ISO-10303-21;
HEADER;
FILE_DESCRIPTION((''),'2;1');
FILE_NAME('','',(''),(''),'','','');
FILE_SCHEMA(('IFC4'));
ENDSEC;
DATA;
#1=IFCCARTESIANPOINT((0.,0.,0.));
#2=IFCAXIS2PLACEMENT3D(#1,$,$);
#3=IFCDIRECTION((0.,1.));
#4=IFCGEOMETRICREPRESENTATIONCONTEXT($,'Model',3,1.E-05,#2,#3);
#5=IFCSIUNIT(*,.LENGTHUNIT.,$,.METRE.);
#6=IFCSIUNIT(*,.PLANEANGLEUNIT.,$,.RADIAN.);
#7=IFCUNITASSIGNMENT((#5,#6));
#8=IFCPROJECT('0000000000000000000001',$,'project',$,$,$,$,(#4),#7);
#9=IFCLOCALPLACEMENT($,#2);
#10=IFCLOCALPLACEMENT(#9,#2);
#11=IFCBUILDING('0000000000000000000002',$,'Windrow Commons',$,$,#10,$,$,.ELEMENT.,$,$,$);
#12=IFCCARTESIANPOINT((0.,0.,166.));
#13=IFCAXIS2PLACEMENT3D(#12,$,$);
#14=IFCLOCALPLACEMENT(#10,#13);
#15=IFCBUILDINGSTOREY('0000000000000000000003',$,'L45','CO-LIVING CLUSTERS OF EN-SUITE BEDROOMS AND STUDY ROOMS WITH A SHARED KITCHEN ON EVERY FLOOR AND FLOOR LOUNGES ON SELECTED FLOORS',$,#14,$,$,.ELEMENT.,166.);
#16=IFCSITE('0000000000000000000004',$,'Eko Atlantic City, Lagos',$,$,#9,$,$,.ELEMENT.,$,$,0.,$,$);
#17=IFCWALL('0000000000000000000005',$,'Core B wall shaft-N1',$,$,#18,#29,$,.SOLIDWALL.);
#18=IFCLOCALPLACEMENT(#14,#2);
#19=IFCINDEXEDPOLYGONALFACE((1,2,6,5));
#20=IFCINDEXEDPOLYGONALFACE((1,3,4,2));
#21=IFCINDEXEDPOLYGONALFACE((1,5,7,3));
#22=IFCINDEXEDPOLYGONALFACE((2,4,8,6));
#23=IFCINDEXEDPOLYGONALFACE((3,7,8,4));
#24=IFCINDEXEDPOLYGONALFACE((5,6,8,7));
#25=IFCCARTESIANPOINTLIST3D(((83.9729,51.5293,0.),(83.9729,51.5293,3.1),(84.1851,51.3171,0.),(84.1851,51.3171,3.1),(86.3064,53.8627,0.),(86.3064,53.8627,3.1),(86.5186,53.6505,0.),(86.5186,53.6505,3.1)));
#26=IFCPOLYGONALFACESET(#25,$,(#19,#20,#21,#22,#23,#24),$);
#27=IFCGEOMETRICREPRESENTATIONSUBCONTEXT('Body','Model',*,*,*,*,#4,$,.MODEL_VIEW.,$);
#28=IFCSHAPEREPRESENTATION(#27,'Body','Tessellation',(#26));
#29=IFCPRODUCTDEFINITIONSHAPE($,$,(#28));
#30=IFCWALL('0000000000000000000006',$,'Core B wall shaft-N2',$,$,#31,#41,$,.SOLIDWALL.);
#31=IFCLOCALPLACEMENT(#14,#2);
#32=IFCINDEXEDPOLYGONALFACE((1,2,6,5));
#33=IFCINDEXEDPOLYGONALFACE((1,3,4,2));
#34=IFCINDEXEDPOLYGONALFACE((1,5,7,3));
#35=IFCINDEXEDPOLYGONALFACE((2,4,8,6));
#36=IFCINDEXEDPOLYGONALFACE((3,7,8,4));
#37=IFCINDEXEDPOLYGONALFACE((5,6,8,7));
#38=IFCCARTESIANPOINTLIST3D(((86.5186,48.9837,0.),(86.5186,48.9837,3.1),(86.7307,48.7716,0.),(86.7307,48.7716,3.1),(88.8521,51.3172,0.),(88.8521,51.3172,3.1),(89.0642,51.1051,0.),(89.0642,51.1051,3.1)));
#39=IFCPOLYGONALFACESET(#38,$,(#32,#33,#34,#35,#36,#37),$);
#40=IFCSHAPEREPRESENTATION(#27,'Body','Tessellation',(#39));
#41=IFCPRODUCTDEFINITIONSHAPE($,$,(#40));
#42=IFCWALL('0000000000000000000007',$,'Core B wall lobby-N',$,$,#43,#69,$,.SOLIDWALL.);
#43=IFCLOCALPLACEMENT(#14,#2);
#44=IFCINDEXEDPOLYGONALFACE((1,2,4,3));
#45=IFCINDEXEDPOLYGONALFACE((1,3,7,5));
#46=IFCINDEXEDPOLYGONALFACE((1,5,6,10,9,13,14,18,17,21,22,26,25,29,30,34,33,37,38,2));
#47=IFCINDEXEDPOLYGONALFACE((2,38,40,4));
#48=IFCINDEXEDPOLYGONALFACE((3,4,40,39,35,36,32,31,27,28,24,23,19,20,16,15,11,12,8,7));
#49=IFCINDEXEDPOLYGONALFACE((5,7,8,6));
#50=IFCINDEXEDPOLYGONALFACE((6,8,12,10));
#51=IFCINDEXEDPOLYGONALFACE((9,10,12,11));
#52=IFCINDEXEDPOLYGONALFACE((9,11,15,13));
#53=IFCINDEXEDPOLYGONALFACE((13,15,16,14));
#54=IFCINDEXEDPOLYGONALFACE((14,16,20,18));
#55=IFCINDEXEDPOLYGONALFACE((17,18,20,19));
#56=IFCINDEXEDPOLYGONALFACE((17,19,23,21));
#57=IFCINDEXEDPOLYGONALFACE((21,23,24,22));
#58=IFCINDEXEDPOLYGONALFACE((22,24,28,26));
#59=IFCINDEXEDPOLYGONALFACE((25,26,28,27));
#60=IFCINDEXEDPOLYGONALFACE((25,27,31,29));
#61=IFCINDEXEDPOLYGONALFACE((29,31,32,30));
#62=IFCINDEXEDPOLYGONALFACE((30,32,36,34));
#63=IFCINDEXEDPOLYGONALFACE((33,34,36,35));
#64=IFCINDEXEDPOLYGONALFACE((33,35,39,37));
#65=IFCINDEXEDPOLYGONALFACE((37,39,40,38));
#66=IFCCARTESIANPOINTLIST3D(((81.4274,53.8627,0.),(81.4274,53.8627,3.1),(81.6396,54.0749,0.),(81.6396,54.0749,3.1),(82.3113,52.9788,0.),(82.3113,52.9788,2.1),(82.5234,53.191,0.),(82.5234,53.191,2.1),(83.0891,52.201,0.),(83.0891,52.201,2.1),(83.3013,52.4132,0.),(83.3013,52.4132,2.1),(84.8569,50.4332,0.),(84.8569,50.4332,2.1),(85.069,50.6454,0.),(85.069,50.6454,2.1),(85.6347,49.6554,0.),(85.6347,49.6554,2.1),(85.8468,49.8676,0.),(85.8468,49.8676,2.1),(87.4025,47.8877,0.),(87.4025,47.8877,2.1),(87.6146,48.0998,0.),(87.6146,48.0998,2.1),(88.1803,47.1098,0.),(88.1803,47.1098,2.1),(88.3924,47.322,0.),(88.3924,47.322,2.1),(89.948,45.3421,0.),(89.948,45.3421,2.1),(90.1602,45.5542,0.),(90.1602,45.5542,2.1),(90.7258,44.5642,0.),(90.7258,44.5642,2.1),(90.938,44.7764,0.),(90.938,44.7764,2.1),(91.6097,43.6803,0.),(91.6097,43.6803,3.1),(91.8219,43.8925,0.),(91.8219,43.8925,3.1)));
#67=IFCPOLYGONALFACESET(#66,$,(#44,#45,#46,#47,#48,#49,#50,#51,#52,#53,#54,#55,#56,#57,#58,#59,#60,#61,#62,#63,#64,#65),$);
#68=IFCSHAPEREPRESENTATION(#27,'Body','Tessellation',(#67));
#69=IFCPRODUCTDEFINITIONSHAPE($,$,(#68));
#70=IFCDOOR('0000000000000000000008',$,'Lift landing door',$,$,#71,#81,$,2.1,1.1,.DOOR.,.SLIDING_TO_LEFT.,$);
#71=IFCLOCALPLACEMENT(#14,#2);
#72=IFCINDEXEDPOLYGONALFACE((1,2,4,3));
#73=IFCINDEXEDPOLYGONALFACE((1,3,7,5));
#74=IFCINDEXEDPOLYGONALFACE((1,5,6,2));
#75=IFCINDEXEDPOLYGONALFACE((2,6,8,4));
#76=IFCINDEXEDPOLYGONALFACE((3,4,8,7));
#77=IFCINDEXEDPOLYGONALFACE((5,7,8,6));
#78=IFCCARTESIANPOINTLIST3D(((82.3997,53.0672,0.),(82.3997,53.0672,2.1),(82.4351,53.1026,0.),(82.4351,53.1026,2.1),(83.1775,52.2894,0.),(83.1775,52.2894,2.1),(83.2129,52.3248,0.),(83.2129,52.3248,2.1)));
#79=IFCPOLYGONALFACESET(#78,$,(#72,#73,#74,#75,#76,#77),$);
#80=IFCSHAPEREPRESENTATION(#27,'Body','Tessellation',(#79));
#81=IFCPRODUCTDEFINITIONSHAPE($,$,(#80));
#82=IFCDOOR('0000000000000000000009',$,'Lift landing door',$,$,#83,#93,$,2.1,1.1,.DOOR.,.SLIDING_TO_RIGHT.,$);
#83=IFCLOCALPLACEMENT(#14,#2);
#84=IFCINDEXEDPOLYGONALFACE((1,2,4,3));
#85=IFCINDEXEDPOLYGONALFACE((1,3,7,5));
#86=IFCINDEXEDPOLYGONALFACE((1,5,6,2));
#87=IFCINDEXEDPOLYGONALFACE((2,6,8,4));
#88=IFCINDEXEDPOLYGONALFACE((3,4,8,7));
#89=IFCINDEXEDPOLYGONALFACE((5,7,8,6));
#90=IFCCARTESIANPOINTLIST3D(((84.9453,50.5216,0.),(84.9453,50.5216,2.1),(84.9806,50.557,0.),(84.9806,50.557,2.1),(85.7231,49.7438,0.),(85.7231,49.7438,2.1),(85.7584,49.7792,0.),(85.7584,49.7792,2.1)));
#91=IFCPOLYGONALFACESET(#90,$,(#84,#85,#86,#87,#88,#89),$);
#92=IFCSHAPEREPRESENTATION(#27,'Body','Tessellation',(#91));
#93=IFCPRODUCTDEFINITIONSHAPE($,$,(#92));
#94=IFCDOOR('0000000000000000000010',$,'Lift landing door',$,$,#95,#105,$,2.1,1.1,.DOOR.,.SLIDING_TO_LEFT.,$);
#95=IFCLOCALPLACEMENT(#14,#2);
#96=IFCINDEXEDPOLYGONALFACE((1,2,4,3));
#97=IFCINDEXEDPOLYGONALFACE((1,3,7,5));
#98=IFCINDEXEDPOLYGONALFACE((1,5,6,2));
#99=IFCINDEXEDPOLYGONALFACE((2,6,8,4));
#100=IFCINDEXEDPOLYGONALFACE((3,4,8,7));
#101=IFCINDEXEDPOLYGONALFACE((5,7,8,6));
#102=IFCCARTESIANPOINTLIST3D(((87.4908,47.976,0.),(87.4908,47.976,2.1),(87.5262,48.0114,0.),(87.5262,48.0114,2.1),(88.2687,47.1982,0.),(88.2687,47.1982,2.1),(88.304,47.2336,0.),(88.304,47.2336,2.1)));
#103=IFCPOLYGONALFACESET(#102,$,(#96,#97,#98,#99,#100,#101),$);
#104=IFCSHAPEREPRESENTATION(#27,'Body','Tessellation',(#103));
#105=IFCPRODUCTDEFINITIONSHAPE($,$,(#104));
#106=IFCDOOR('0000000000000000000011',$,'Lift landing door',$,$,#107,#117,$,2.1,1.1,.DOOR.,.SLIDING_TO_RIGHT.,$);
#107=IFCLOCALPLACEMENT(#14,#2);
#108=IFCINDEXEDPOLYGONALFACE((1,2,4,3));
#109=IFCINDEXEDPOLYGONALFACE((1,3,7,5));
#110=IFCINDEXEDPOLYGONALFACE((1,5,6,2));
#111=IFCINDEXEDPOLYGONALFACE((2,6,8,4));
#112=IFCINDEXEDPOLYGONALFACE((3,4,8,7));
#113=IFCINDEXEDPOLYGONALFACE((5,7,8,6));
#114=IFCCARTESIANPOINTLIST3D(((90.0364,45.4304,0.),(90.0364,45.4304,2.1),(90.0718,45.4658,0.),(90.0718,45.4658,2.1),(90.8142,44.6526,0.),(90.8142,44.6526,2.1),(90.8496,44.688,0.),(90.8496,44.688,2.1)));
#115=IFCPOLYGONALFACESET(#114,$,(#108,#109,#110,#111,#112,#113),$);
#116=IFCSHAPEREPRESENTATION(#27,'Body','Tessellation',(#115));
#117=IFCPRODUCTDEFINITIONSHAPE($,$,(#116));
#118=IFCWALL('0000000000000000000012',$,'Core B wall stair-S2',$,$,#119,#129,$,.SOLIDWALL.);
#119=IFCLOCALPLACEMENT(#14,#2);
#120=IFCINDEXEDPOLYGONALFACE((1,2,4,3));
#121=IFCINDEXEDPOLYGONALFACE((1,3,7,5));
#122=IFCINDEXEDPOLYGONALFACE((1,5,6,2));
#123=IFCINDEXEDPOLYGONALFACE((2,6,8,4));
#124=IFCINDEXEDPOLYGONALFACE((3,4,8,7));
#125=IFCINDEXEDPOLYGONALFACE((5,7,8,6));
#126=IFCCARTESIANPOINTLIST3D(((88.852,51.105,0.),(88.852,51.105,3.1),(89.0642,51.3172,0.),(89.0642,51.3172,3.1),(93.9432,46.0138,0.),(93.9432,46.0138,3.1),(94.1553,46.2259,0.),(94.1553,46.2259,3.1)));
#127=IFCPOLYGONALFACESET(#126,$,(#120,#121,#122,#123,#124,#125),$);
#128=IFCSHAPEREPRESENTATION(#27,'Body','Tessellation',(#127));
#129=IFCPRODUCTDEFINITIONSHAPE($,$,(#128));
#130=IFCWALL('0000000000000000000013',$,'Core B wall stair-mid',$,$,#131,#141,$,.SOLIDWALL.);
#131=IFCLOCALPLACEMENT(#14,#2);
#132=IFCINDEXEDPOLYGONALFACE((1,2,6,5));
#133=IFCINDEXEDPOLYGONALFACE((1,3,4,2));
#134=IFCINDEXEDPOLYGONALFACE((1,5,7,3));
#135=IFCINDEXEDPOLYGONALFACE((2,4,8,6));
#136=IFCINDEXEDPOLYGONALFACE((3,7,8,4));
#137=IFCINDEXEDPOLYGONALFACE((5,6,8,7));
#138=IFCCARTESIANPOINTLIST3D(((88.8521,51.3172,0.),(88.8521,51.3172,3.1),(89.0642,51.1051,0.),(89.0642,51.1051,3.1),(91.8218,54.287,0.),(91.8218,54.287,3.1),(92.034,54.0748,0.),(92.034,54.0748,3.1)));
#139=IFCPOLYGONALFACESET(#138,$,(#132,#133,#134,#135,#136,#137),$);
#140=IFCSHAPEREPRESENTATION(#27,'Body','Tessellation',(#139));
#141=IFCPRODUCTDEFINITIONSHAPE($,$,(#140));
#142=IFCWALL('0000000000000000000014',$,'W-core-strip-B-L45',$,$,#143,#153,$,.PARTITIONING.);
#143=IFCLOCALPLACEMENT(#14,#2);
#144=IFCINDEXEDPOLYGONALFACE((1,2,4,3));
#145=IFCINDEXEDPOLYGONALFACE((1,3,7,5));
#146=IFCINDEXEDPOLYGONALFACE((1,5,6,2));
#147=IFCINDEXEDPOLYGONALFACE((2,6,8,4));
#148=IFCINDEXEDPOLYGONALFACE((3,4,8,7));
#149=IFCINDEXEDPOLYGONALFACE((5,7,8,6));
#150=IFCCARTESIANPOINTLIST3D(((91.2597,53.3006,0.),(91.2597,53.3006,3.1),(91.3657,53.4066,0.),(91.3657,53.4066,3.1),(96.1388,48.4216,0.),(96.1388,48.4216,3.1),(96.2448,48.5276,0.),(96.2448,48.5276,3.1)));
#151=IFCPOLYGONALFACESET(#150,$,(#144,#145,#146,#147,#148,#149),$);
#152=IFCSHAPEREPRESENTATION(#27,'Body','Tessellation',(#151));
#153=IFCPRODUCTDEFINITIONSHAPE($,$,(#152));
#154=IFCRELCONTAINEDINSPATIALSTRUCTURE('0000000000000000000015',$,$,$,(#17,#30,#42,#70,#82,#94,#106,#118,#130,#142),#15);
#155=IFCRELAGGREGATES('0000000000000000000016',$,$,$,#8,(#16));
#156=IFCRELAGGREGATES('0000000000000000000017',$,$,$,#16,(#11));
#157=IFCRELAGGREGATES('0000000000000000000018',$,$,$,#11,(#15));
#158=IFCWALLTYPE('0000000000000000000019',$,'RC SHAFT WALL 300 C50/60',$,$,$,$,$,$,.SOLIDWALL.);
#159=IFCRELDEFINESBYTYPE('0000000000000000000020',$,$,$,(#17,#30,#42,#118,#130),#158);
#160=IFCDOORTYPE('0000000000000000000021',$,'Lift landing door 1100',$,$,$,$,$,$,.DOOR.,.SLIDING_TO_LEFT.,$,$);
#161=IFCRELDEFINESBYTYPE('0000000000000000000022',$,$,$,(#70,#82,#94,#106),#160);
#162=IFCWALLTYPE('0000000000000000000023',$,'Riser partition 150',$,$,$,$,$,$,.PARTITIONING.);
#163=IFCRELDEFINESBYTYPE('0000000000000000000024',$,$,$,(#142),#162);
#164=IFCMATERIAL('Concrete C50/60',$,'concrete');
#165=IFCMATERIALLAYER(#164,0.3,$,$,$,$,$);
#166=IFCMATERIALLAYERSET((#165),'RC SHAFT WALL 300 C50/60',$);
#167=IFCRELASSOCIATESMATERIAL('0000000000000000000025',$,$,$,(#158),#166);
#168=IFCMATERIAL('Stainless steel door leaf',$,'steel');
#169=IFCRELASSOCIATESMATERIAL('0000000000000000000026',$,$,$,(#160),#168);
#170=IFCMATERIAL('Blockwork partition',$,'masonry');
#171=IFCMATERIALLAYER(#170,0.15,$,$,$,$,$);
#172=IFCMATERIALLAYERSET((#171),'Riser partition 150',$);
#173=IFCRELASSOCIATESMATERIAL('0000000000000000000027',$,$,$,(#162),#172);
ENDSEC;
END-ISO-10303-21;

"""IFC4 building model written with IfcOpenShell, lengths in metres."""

from ifc_helpers import new_model, si_unit, direction, frame, frame_2d, origin, place, context, subcontext, project, spatial, rectangle, extrude, material, layer, layer_set, type_object, element, fill, save


model = new_model("IFC4")

# Units and contexts
model_context = context("Model", 3, precision=1e-05, world=origin(), true_north=direction((0.0, 1.0)))
body_context = subcontext(model_context, "Body", "Model", "MODEL_VIEW")
ifc_project = project(units=[si_unit("LENGTHUNIT", "METRE"), si_unit("PLANEANGLEUNIT", "RADIAN")], contexts=[model_context])

# Site, building, storey
site_placement = place(None, origin())
site = spatial("IfcSite", under=ifc_project, at=site_placement, Name="Eko Atlantic City, Lagos", CompositionType="ELEMENT", RefElevation=0.0)
building_placement = place(site_placement, origin())
building = spatial("IfcBuilding", under=site, at=building_placement, Name="Windrow Commons", CompositionType="ELEMENT")
storey_placement = place(building_placement, frame((0.0, 0.0, 166.0)))
storey = spatial("IfcBuildingStorey", under=building, at=storey_placement, Name="L45", Description="CO-LIVING CLUSTERS OF EN-SUITE BEDROOMS AND STUDY ROOMS WITH A SHARED KITCHEN ON EVERY FLOOR AND FLOOR LOUNGES ON SELECTED FLOORS", CompositionType="ELEMENT", Elevation=166.0)

# Walls
ifc_material_1 = material(Name="Concrete C50/60", Category="concrete")
ifc_layer_1 = layer(ifc_material_1, 0.3)
ifc_layer_set_1 = layer_set([ifc_layer_1], Name="RC SHAFT WALL 300 C50/60")
wall_type_1 = type_object("IfcWallType", Name="RC SHAFT WALL 300 C50/60", PredefinedType="SOLIDWALL", material=ifc_layer_set_1)
wall_1_placement = place(storey_placement, frame((84.079, 51.4232, 0.0), z_axis=(0.0, 0.0, 1.0), x_axis=(0.707122, 0.707092, 0.0)))
element("IfcWall", 1, at=wall_1_placement, inside=storey, type_object=wall_type_1, Name="Core B wall shaft-N1", PredefinedType="SOLIDWALL", context=body_context, shape_type="SweptSolid", body=[
    extrude(rectangle(XDim=3.3, YDim=0.3, at=frame_2d((1.65, 0.0))), origin(), (0.0, 0.0, 1.0), 3.1),
])
wall_2_placement = place(storey_placement, frame((86.6246, 48.8776, 0.0), z_axis=(0.0, 0.0, 1.0), x_axis=(0.707107, 0.707107, 0.0)))
element("IfcWall", 2, at=wall_2_placement, inside=storey, type_object=wall_type_1, Name="Core B wall shaft-N2", PredefinedType="SOLIDWALL", context=body_context, shape_type="SweptSolid", body=[
    extrude(rectangle(XDim=3.3001, YDim=0.3, at=frame_2d((1.6501, 0.0))), origin(), (0.0, 0.0, 1.0), 3.1),
])

# Wall, openings, doors
wall_3_placement = place(storey_placement, frame((81.5335, 53.9688, 0.0), z_axis=(0.0, 0.0, 1.0), x_axis=(0.707103, -0.70711, 0.0)))
wall_3 = element("IfcWall", 3, at=wall_3_placement, inside=storey, type_object=wall_type_1, Name="Core B wall lobby-N", PredefinedType="SOLIDWALL", context=body_context, shape_type="SweptSolid", body=[
    extrude(rectangle(XDim=14.4, YDim=0.3, at=frame_2d((7.2, 0.0))), origin(), (0.0, 0.0, 1.0), 3.1),
])
opening_1_placement = place(wall_3_placement, frame((1.25, 0.0, 0.0)))
opening_1 = element("IfcOpeningElement", 4, at=opening_1_placement, cuts=wall_3, PredefinedType="OPENING", context=body_context, shape_type="SweptSolid", body=[
    extrude(rectangle(XDim=1.1, YDim=2.1, at=frame_2d((0.55, 1.05))), frame((0.0, 0.16, 0.0), z_axis=(0.0, -1.0, 0.0), x_axis=(1.0, 0.0, 0.0)), (0.0, 0.0, 1.0), 0.32),
])
opening_2_placement = place(wall_3_placement, frame((4.85, 0.0, 0.0)))
opening_2 = element("IfcOpeningElement", 5, at=opening_2_placement, cuts=wall_3, PredefinedType="OPENING", context=body_context, shape_type="SweptSolid", body=[
    extrude(rectangle(XDim=1.1, YDim=2.1, at=frame_2d((0.55, 1.05))), frame((0.0, 0.16, 0.0), z_axis=(0.0, -1.0, 0.0), x_axis=(1.0, 0.0, 0.0)), (0.0, 0.0, 1.0), 0.32),
])
opening_3_placement = place(wall_3_placement, frame((8.45, 0.0, 0.0)))
opening_3 = element("IfcOpeningElement", 6, at=opening_3_placement, cuts=wall_3, PredefinedType="OPENING", context=body_context, shape_type="SweptSolid", body=[
    extrude(rectangle(XDim=1.1, YDim=2.1, at=frame_2d((0.55, 1.05))), frame((0.0, 0.16, 0.0), z_axis=(0.0, -1.0, 0.0), x_axis=(1.0, 0.0, 0.0)), (0.0, 0.0, 1.0), 0.32),
])
opening_4_placement = place(wall_3_placement, frame((12.05, 0.0, 0.0)))
opening_4 = element("IfcOpeningElement", 7, at=opening_4_placement, cuts=wall_3, PredefinedType="OPENING", context=body_context, shape_type="SweptSolid", body=[
    extrude(rectangle(XDim=1.1, YDim=2.1, at=frame_2d((0.55, 1.05))), frame((0.0, 0.16, 0.0), z_axis=(0.0, -1.0, 0.0), x_axis=(1.0, 0.0, 0.0)), (0.0, 0.0, 1.0), 0.32),
])
ifc_material_2 = material(Name="Stainless steel door leaf", Category="steel")
door_type_1 = type_object("IfcDoorType", Name="Lift landing door 1100", OperationType="SLIDING_TO_LEFT", PredefinedType="DOOR", material=ifc_material_2)
door_1_placement = place(opening_1_placement, origin())
door_1 = element("IfcDoor", 8, at=door_1_placement, inside=storey, type_object=door_type_1, Name="Lift landing door", OperationType="SLIDING_TO_LEFT", OverallHeight=2.1, OverallWidth=1.1, PredefinedType="DOOR", context=body_context, shape_type="SweptSolid", body=[
    extrude(rectangle(XDim=1.1, YDim=2.1, at=frame_2d((0.55, 1.05))), frame((0.0, 0.025, 0.0), z_axis=(0.0, -1.0, 0.0), x_axis=(1.0, 0.0, 0.0)), (0.0, 0.0, 1.0), 0.05),
])
fill(opening_1, door_1)
door_2_placement = place(opening_2_placement, origin())
door_2 = element("IfcDoor", 9, at=door_2_placement, inside=storey, type_object=door_type_1, Name="Lift landing door", OperationType="SLIDING_TO_RIGHT", OverallHeight=2.1, OverallWidth=1.1, PredefinedType="DOOR", context=body_context, shape_type="SweptSolid", body=[
    extrude(rectangle(XDim=1.1, YDim=2.1, at=frame_2d((0.55, 1.05))), frame((0.0, 0.025, 0.0), z_axis=(0.0, -1.0, 0.0), x_axis=(1.0, 0.0, 0.0)), (0.0, 0.0, 1.0), 0.05),
])
fill(opening_2, door_2)
door_3_placement = place(opening_3_placement, origin())
door_3 = element("IfcDoor", 10, at=door_3_placement, inside=storey, type_object=door_type_1, Name="Lift landing door", OperationType="SLIDING_TO_LEFT", OverallHeight=2.1, OverallWidth=1.1, PredefinedType="DOOR", context=body_context, shape_type="SweptSolid", body=[
    extrude(rectangle(XDim=1.1, YDim=2.1, at=frame_2d((0.55, 1.05))), frame((0.0, 0.025, 0.0), z_axis=(0.0, -1.0, 0.0), x_axis=(1.0, 0.0, 0.0)), (0.0, 0.0, 1.0), 0.05),
])
fill(opening_3, door_3)
door_4_placement = place(opening_4_placement, origin())
door_4 = element("IfcDoor", 11, at=door_4_placement, inside=storey, type_object=door_type_1, Name="Lift landing door", OperationType="SLIDING_TO_RIGHT", OverallHeight=2.1, OverallWidth=1.1, PredefinedType="DOOR", context=body_context, shape_type="SweptSolid", body=[
    extrude(rectangle(XDim=1.1, YDim=2.1, at=frame_2d((0.55, 1.05))), frame((0.0, 0.025, 0.0), z_axis=(0.0, -1.0, 0.0), x_axis=(1.0, 0.0, 0.0)), (0.0, 0.0, 1.0), 0.05),
])
fill(opening_4, door_4)

# Walls
wall_4_placement = place(storey_placement, frame((88.9581, 51.2111, 0.0), z_axis=(0.0, 0.0, 1.0), x_axis=(0.7071, -0.707114, 0.0)))
element("IfcWall", 12, at=wall_4_placement, inside=storey, type_object=wall_type_1, Name="Core B wall stair-S2", PredefinedType="SOLIDWALL", context=body_context, shape_type="SweptSolid", body=[
    extrude(rectangle(XDim=7.2, YDim=0.3, at=frame_2d((3.6, 0.0))), origin(), (0.0, 0.0, 1.0), 3.1),
])
wall_5_placement = place(storey_placement, frame((88.9581, 51.2111, 0.0), z_axis=(0.0, 0.0, 1.0), x_axis=(0.707107, 0.707107, 0.0)))
element("IfcWall", 13, at=wall_5_placement, inside=storey, type_object=wall_type_1, Name="Core B wall stair-mid", PredefinedType="SOLIDWALL", context=body_context, shape_type="SweptSolid", body=[
    extrude(rectangle(XDim=4.1999, YDim=0.3, at=frame_2d((2.1, 0.0))), origin(), (0.0, 0.0, 1.0), 3.1),
])
ifc_material_3 = material(Name="Blockwork partition", Category="masonry")
ifc_layer_2 = layer(ifc_material_3, 0.15)
ifc_layer_set_2 = layer_set([ifc_layer_2], Name="Riser partition 150")
wall_type_2 = type_object("IfcWallType", Name="Riser partition 150", PredefinedType="PARTITIONING", material=ifc_layer_set_2)
wall_6_placement = place(storey_placement, frame((91.3127, 53.3536, 0.0), z_axis=(0.0, 0.0, 1.0), x_axis=(0.707114, -0.7071, 0.0)))
element("IfcWall", 14, at=wall_6_placement, inside=storey, type_object=wall_type_2, Name="W-core-strip-B-L45", PredefinedType="PARTITIONING", context=body_context, shape_type="SweptSolid", body=[
    extrude(rectangle(XDim=6.9, YDim=0.15, at=frame_2d((3.45, 0.0))), origin(), (0.0, 0.0, 1.0), 3.1),
])

save(model, "model.ifc")
